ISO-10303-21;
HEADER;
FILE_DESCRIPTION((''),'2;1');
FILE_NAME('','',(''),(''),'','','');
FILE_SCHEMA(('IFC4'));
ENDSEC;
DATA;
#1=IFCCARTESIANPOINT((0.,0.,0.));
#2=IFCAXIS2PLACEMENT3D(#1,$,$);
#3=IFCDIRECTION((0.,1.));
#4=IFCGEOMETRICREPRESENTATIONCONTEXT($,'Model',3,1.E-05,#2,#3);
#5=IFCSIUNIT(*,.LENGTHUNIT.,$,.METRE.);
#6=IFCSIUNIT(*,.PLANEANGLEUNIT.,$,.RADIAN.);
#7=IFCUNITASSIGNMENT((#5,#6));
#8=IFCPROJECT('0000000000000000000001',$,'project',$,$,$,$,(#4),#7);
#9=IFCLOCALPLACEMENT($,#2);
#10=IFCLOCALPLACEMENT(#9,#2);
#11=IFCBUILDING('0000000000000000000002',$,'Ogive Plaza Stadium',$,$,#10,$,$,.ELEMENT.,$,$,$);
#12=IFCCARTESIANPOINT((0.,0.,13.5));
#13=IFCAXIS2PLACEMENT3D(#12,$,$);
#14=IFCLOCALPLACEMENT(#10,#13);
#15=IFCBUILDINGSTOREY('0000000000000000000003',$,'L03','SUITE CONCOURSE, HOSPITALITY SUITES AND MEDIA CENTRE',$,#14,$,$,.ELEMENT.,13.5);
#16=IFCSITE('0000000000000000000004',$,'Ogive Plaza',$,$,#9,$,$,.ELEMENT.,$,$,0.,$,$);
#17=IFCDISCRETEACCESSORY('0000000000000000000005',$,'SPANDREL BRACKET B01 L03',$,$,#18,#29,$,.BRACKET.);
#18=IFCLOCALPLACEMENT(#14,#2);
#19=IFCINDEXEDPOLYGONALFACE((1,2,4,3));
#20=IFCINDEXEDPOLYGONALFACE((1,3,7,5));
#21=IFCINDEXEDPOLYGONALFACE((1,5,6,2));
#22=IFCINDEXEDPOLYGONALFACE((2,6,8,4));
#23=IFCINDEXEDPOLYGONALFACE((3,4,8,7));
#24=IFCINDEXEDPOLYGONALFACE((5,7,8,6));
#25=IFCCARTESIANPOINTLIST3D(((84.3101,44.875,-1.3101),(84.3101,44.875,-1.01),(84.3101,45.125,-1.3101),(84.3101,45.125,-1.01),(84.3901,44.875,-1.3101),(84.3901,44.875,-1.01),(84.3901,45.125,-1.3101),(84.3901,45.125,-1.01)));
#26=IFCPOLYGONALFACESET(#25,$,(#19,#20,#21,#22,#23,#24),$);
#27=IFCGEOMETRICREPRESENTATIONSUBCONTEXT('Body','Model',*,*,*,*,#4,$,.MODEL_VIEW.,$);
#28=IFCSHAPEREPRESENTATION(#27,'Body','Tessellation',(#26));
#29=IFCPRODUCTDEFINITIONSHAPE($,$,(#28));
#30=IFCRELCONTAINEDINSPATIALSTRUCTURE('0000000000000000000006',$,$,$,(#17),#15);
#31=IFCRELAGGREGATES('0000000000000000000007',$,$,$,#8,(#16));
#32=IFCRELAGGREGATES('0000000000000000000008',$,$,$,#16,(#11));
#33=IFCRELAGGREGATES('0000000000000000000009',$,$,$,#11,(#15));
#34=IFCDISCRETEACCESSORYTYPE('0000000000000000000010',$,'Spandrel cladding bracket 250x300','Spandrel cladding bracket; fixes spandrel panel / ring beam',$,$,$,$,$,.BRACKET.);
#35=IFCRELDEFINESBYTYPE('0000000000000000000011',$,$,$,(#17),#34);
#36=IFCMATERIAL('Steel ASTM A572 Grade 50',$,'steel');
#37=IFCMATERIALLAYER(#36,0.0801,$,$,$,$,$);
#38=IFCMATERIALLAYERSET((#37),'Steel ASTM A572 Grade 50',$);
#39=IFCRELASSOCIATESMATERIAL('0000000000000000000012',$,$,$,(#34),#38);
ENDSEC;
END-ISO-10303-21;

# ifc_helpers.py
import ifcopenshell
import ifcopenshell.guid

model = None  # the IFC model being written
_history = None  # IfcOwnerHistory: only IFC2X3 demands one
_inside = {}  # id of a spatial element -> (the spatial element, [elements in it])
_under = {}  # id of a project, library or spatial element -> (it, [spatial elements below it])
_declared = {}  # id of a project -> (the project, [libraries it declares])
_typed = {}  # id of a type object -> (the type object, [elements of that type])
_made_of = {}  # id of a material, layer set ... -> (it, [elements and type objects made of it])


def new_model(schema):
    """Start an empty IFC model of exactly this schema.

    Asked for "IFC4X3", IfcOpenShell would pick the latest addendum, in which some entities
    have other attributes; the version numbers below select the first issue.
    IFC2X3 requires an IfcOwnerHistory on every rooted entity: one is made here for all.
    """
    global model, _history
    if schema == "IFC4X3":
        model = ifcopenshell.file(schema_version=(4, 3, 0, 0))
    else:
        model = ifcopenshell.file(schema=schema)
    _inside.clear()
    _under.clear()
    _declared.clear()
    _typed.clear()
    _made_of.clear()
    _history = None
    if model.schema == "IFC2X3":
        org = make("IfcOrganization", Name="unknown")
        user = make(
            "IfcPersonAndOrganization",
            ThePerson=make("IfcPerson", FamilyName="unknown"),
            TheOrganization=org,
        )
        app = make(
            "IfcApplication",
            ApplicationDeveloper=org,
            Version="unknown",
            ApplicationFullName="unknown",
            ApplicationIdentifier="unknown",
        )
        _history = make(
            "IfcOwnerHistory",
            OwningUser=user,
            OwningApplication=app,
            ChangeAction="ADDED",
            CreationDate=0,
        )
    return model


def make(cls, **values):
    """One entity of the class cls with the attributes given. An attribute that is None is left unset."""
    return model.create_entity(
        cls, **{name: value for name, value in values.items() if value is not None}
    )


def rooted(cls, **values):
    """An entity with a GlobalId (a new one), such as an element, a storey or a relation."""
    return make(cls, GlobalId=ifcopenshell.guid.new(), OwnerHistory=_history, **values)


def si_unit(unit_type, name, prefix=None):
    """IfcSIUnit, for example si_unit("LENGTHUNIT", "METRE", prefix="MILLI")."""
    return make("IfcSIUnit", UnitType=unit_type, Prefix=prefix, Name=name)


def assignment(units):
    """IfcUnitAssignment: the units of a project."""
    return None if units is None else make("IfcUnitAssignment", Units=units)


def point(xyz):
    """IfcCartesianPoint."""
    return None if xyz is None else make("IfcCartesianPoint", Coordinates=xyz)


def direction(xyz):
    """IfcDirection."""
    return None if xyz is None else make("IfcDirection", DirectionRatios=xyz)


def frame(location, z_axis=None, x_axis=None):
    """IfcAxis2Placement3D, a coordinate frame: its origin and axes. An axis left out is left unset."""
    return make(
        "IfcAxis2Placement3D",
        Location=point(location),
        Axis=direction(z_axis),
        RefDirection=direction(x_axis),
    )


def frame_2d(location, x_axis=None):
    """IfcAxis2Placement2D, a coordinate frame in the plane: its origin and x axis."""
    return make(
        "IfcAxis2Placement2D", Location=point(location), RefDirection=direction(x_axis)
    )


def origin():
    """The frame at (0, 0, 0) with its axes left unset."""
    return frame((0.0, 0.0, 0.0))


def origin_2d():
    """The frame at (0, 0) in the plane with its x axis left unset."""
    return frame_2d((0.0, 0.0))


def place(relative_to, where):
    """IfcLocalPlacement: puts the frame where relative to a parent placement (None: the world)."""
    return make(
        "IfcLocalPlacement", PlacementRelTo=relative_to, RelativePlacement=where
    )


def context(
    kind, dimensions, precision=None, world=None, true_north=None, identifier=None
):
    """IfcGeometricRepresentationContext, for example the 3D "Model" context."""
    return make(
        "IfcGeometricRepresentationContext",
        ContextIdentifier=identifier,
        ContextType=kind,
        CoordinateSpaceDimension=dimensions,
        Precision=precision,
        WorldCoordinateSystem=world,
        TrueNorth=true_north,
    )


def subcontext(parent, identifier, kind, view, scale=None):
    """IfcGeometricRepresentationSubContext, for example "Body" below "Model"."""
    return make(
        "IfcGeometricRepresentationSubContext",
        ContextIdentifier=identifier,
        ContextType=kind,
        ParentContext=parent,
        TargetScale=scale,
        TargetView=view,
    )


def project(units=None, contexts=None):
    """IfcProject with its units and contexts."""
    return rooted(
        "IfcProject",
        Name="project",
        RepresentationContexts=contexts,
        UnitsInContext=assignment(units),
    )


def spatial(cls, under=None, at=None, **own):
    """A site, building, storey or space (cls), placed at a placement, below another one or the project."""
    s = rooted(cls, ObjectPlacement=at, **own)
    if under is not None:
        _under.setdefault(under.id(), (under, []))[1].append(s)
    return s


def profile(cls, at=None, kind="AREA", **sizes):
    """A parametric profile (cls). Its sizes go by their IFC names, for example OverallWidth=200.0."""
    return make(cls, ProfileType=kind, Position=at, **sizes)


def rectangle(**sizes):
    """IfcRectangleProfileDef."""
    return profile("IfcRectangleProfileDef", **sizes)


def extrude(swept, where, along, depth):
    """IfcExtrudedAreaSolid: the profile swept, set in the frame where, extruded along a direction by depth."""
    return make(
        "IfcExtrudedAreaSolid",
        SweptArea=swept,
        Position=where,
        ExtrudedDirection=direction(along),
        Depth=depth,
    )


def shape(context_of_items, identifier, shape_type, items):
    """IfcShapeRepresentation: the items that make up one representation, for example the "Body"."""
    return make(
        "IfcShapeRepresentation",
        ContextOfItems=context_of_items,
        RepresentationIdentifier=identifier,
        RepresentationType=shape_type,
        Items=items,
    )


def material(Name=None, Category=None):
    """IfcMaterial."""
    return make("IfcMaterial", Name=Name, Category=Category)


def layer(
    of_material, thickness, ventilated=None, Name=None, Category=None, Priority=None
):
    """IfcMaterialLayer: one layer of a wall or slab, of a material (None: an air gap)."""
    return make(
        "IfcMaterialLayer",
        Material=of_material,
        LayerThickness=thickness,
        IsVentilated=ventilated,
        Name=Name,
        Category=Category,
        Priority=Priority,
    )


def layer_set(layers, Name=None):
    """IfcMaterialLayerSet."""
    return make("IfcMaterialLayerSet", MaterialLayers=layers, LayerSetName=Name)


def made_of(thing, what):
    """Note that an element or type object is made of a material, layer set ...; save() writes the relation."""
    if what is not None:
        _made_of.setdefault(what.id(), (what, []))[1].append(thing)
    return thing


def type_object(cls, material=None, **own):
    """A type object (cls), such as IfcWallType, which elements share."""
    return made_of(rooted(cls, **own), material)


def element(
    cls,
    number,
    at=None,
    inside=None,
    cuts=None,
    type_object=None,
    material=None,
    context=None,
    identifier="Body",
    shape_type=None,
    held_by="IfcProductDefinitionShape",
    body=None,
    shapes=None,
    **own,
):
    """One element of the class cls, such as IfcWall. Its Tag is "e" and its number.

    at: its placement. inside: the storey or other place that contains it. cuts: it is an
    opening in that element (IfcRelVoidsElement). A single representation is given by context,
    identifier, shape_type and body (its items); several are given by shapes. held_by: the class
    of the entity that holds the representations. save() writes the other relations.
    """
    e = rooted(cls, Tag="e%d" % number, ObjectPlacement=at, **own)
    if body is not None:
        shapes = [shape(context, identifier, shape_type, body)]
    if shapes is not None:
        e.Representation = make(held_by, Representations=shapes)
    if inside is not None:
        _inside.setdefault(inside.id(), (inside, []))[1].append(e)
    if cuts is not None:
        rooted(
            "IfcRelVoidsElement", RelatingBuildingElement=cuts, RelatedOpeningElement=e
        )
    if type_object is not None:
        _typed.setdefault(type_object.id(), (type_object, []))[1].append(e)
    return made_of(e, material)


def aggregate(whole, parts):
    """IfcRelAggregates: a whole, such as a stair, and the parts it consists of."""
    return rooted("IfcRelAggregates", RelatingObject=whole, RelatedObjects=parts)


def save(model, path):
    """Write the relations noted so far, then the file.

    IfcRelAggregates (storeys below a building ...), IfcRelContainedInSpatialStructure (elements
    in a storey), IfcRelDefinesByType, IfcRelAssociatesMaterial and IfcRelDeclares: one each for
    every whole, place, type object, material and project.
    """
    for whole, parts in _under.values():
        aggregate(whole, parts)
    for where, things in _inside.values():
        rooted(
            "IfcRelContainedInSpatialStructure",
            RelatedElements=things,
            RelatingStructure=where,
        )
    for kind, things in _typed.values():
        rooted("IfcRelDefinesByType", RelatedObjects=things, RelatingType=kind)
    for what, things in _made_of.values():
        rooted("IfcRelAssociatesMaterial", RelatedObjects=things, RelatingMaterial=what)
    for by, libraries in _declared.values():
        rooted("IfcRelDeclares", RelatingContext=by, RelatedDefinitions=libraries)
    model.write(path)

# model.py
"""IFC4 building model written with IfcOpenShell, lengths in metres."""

from ifc_helpers import new_model, si_unit, direction, frame, origin, origin_2d, place, context, subcontext, project, spatial, rectangle, extrude, material, layer, layer_set, type_object, element, save


model = new_model("IFC4")

# Units and contexts
model_context = context("Model", 3, precision=1e-05, world=origin(), true_north=direction((0.0, 1.0)))
body_context = subcontext(model_context, "Body", "Model", "MODEL_VIEW")
ifc_project = project(units=[si_unit("LENGTHUNIT", "METRE"), si_unit("PLANEANGLEUNIT", "RADIAN")], contexts=[model_context])

# Site, building, storey
site_placement = place(None, origin())
site = spatial("IfcSite", under=ifc_project, at=site_placement, Name="Ogive Plaza", CompositionType="ELEMENT", RefElevation=0.0)
building_placement = place(site_placement, origin())
building = spatial("IfcBuilding", under=site, at=building_placement, Name="Ogive Plaza Stadium", CompositionType="ELEMENT")
storey_placement = place(building_placement, frame((0.0, 0.0, 13.5)))
storey = spatial("IfcBuildingStorey", under=building, at=storey_placement, Name="L03", Description="SUITE CONCOURSE, HOSPITALITY SUITES AND MEDIA CENTRE", CompositionType="ELEMENT", Elevation=13.5)

# Discrete accessory
ifc_material_1 = material(Name="Steel ASTM A572 Grade 50", Category="steel")
ifc_layer_1 = layer(ifc_material_1, 0.0801)
ifc_layer_set_1 = layer_set([ifc_layer_1], Name="Steel ASTM A572 Grade 50")
discrete_accessory_type = type_object("IfcDiscreteAccessoryType", Name="Spandrel cladding bracket 250x300", Description="Spandrel cladding bracket; fixes spandrel panel / ring beam", PredefinedType="BRACKET", material=ifc_layer_set_1)
discrete_accessory_placement = place(storey_placement, frame((84.3501, 45.0, -1.3101), z_axis=(0.0, 0.0, 1.0), x_axis=(0.0, -1.0, 0.0)))
element("IfcDiscreteAccessory", 1, at=discrete_accessory_placement, inside=storey, type_object=discrete_accessory_type, Name="SPANDREL BRACKET B01 L03", PredefinedType="BRACKET", context=body_context, shape_type="SweptSolid", body=[
    extrude(rectangle(XDim=0.25, YDim=0.0801, at=origin_2d()), origin(), (0.0, 0.0, 1.0), 0.3),
])

save(model, "model.ifc")
